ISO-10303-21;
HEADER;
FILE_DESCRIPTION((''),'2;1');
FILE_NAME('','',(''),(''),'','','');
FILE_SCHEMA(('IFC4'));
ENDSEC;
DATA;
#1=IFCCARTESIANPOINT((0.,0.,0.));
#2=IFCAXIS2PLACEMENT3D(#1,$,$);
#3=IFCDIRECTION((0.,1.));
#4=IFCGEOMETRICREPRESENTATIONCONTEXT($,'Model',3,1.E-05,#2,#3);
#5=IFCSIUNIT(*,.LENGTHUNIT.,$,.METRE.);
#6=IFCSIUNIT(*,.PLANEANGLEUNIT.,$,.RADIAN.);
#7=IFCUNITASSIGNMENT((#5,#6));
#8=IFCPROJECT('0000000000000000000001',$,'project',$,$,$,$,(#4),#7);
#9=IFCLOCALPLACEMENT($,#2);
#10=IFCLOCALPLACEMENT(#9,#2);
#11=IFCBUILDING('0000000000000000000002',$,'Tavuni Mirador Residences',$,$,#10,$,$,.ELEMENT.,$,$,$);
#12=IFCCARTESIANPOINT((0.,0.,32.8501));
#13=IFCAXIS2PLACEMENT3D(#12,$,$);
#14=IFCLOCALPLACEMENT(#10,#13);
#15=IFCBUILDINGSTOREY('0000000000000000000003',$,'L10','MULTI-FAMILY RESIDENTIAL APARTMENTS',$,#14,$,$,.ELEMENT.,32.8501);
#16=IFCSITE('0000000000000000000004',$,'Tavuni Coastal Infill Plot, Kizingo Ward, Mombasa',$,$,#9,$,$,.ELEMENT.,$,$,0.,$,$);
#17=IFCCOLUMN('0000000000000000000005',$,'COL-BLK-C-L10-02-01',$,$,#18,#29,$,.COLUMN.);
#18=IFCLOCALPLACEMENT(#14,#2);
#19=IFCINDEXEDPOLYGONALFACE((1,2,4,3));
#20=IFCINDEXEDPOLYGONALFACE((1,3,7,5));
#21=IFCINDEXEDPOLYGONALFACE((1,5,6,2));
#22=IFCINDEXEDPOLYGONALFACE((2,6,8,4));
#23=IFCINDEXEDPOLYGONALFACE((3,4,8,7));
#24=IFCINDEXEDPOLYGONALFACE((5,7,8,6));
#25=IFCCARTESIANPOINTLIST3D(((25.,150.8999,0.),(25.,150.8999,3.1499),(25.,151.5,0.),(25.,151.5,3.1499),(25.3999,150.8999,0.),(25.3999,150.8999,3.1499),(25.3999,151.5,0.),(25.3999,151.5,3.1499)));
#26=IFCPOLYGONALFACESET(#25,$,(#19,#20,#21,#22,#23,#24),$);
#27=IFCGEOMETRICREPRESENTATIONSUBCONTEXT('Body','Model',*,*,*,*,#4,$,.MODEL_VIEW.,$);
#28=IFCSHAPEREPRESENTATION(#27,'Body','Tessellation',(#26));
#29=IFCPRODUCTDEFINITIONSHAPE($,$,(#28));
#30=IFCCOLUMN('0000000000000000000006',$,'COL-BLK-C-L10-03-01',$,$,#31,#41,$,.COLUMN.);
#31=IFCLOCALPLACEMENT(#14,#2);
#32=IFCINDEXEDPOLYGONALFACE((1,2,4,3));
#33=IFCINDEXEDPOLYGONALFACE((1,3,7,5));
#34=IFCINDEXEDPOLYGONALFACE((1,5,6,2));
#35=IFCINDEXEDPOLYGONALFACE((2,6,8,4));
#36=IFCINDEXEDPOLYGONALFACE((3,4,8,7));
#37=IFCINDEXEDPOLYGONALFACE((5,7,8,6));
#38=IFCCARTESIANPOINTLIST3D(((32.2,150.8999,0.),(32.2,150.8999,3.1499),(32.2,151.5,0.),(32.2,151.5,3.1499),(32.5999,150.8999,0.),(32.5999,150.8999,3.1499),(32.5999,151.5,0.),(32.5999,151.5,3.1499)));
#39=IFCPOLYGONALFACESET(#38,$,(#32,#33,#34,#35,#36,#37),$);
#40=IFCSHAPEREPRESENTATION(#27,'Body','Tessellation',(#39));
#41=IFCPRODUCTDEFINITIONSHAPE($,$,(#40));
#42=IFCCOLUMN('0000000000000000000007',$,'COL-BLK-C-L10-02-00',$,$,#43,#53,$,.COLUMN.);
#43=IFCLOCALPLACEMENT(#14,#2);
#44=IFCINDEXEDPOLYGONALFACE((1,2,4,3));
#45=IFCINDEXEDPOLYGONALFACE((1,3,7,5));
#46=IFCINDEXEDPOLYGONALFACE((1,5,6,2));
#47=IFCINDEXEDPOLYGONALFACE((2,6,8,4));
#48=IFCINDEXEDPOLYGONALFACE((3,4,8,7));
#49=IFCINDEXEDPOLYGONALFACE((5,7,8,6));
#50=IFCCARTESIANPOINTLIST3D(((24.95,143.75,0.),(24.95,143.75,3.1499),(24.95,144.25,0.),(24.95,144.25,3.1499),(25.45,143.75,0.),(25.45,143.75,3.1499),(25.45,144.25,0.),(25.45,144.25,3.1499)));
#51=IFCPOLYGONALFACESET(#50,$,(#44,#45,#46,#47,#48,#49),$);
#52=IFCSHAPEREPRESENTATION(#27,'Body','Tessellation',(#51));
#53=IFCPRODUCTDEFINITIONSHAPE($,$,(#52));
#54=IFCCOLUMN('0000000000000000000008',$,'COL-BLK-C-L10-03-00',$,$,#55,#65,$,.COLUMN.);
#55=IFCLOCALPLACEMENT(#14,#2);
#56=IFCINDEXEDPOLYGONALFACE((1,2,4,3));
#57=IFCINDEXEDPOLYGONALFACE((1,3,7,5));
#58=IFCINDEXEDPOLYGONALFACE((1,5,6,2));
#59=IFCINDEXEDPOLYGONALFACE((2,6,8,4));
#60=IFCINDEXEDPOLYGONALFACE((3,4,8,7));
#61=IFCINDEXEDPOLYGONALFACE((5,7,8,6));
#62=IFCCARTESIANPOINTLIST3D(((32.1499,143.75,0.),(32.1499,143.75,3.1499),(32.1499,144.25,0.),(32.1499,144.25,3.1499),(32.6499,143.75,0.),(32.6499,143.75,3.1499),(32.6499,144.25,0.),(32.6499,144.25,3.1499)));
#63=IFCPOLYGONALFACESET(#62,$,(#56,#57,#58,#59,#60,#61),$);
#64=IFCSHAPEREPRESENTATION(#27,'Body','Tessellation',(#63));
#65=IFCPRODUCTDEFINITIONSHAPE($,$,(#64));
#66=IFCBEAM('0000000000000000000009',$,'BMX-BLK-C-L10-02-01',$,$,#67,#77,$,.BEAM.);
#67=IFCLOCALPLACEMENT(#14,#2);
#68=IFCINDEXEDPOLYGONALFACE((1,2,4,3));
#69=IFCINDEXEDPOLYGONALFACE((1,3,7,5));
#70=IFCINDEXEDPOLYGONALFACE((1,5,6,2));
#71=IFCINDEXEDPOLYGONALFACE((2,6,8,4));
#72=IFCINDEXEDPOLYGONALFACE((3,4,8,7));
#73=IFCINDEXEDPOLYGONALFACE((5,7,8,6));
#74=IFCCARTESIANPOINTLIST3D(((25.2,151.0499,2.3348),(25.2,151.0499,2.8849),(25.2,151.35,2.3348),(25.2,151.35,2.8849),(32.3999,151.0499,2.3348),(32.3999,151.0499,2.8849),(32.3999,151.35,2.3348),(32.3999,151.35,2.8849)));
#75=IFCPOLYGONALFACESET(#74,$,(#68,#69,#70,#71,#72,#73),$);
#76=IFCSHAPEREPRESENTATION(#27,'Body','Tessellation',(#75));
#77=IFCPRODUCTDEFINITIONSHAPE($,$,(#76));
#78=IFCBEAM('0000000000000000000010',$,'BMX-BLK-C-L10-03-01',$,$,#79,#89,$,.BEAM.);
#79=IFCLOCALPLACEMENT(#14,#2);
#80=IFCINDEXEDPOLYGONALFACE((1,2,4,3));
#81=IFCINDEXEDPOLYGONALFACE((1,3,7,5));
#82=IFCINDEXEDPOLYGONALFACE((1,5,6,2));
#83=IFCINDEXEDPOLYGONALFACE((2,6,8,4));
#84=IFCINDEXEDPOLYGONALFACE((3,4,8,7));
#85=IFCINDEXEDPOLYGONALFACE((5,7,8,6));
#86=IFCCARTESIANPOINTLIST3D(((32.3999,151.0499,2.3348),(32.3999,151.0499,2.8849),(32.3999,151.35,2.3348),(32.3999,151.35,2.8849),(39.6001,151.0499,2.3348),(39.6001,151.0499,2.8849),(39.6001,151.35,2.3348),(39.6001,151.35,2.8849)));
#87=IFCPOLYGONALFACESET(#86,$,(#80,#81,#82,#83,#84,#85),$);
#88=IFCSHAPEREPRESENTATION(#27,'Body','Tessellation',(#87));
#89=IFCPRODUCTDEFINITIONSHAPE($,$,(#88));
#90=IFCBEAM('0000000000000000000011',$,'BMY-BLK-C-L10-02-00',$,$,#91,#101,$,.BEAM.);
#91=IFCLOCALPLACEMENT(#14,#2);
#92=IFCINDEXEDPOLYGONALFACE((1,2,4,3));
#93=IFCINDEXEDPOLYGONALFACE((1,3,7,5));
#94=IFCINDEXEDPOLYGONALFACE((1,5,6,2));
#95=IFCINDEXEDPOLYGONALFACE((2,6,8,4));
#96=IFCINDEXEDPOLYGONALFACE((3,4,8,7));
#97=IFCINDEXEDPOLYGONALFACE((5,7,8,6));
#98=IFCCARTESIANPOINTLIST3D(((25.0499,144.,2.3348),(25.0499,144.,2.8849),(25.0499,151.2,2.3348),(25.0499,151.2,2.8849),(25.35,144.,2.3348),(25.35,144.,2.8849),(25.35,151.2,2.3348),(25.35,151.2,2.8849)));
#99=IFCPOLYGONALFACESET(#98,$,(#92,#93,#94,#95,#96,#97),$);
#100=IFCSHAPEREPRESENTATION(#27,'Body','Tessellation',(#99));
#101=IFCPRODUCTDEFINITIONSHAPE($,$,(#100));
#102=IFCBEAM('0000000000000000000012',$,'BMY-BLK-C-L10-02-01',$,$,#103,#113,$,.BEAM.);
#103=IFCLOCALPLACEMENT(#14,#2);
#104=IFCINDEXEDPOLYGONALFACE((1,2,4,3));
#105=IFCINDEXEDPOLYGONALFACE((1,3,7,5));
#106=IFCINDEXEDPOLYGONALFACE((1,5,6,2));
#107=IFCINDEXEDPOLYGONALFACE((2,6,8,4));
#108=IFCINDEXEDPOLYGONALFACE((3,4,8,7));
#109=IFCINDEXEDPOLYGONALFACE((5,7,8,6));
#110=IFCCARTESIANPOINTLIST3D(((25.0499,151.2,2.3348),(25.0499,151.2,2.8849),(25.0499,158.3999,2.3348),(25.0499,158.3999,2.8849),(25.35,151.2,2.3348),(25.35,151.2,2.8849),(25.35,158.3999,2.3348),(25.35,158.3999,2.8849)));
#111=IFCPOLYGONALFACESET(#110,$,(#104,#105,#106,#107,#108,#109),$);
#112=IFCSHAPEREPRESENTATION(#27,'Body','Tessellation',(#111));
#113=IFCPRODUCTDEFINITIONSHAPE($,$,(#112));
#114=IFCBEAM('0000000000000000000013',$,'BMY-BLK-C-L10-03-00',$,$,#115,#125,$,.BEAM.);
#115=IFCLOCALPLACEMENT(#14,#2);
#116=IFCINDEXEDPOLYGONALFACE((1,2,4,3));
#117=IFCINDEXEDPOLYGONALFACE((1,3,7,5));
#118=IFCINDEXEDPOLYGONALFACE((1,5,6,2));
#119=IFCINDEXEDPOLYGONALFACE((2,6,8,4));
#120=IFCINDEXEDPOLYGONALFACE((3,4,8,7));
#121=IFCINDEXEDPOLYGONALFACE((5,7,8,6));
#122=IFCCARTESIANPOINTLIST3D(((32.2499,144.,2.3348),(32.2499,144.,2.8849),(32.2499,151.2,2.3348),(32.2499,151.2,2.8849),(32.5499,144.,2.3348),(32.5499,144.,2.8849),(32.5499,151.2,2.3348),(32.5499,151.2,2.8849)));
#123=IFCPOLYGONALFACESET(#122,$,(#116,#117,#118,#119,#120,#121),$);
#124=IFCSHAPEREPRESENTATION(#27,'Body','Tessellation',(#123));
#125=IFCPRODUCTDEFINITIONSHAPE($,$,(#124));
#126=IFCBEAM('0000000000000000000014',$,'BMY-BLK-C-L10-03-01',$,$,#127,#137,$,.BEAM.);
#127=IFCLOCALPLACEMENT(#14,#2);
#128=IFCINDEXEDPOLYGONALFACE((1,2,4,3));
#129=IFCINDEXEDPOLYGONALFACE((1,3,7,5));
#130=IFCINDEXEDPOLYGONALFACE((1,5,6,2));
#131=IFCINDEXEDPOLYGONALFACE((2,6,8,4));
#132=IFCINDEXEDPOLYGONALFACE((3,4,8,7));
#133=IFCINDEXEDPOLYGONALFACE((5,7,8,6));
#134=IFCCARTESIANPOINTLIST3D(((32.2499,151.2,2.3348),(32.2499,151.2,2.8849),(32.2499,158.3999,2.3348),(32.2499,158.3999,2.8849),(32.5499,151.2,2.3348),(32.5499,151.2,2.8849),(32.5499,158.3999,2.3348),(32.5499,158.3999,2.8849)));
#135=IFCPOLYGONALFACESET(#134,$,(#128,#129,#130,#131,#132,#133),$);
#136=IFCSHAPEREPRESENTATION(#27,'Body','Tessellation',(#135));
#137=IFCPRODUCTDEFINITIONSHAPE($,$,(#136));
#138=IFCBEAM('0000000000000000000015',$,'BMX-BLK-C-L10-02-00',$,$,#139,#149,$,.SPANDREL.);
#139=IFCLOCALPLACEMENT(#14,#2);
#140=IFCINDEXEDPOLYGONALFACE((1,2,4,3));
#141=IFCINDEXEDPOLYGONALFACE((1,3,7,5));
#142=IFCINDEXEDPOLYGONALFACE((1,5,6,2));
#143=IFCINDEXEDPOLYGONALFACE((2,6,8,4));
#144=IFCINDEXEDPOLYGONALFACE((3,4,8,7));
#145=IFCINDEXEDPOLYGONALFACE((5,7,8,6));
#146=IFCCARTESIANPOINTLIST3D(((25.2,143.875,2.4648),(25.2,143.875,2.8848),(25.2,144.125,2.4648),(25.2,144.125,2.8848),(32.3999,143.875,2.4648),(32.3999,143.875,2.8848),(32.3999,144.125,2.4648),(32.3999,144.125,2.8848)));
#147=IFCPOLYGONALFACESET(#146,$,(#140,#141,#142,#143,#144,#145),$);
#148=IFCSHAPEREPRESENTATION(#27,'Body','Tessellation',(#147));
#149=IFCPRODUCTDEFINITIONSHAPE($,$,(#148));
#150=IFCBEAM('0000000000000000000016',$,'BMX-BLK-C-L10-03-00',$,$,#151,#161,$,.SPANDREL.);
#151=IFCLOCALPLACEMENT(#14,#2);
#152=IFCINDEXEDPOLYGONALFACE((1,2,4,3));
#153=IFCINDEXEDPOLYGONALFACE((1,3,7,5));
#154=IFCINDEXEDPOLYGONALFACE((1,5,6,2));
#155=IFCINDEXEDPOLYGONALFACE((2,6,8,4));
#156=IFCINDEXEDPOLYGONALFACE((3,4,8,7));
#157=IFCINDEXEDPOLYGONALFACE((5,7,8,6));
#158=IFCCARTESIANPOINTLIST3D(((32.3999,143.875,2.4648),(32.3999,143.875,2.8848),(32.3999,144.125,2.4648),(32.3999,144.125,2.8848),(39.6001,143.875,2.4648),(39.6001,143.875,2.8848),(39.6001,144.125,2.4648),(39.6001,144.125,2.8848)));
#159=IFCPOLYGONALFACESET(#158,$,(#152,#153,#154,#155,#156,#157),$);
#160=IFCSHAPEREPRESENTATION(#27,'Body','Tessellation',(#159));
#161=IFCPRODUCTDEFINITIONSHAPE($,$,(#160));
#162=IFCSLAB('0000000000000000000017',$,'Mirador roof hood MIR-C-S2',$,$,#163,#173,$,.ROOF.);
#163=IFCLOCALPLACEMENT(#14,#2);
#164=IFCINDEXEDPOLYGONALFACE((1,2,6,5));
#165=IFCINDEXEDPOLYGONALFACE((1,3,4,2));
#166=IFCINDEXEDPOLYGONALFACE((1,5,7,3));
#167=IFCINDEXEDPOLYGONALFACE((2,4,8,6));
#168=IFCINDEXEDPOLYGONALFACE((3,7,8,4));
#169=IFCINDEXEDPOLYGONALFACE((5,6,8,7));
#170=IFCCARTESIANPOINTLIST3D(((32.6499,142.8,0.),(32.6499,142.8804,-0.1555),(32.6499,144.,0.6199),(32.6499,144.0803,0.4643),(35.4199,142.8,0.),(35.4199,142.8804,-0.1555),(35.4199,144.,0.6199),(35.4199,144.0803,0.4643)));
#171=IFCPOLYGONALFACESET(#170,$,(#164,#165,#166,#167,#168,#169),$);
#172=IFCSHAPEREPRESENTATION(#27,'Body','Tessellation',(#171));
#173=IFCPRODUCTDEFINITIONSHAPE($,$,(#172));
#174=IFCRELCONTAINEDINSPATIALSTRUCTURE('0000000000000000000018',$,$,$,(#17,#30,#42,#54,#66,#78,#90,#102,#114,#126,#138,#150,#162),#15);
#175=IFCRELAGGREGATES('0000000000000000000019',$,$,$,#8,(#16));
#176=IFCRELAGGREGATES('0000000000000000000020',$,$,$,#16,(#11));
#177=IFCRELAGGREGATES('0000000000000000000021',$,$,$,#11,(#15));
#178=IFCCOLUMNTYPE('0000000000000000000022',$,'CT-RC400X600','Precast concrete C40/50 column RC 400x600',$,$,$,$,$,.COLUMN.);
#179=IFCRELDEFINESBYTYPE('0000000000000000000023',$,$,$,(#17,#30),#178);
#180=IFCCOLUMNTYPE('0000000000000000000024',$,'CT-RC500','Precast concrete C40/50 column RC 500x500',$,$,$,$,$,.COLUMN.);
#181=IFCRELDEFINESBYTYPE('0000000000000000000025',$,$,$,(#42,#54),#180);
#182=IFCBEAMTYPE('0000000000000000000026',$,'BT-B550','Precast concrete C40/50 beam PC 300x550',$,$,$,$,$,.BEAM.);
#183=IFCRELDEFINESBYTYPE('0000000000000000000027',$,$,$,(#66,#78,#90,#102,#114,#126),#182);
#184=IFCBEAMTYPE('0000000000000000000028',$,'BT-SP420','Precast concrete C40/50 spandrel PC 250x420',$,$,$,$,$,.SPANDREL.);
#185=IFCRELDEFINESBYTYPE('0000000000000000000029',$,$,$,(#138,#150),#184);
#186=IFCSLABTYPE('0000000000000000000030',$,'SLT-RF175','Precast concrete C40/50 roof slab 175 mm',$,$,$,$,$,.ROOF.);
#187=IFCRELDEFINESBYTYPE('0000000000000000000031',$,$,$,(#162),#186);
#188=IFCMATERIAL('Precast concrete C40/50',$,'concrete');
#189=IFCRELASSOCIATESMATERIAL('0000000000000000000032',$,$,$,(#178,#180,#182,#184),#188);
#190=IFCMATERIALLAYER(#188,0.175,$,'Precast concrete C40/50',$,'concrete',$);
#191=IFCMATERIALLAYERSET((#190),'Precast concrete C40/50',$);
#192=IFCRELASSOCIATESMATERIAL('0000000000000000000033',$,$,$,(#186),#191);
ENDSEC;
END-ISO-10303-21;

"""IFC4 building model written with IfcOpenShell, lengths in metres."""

from ifc_helpers import new_model, si_unit, direction, frame, origin, origin_2d, place, context, subcontext, project, spatial, polyline, rectangle, outline, extrude, material, layer, layer_set, material_profile, profile_set, type_object, element, save


model = new_model("IFC4")

# Units and contexts
model_context = context("Model", 3, precision=1e-05, world=origin(), true_north=direction((0.0, 1.0)))
body_context = subcontext(model_context, "Body", "Model", "MODEL_VIEW")
ifc_project = project(units=[si_unit("LENGTHUNIT", "METRE"), si_unit("PLANEANGLEUNIT", "RADIAN")], contexts=[model_context])

# Site, building, storey
site_placement = place(None, origin())
site = spatial("IfcSite", under=ifc_project, at=site_placement, Name="Tavuni Coastal Infill Plot, Kizingo Ward, Mombasa", CompositionType="ELEMENT", RefElevation=0.0)
building_placement = place(site_placement, origin())
building = spatial("IfcBuilding", under=site, at=building_placement, Name="Tavuni Mirador Residences", CompositionType="ELEMENT")
storey_placement = place(building_placement, frame((0.0, 0.0, 32.8501)))
storey = spatial("IfcBuildingStorey", under=building, at=storey_placement, Name="L10", Description="MULTI-FAMILY RESIDENTIAL APARTMENTS", CompositionType="ELEMENT", Elevation=32.8501)

# Columns
ifc_material_1 = material(Name="Precast concrete C40/50", Category="concrete")
ifc_material_profile_1 = material_profile(ifc_material_1, rectangle(XDim=0.3999, YDim=0.6001, at=origin_2d()), Name="RC 400x600", Category="concrete")
ifc_profile_set_1 = profile_set([ifc_material_profile_1], Name="Precast concrete C40/50")
column_type_1 = type_object("IfcColumnType", Name="CT-RC400X600", Description="Precast concrete C40/50 column RC 400x600", PredefinedType="COLUMN", material=ifc_profile_set_1)
for number, where, z_axis, x_axis, name in (
    (1, (25.2, 151.2, 0.0), (0.0, 0.0, 1.0), (1.0, 0.0, 0.0), "COL-BLK-C-L10-02-01"),
    (2, (32.3999, 151.2, 0.0), (0.0, 0.0, 1.0), (1.0, 0.0, 0.0), "COL-BLK-C-L10-03-01"),
):
    element("IfcColumn", number, at=place(storey_placement, frame(where, z_axis=z_axis, x_axis=x_axis)), inside=storey, type_object=column_type_1, Name=name, PredefinedType="COLUMN", context=body_context, shape_type="SweptSolid", body=[
        extrude(rectangle(XDim=0.3999, YDim=0.6001, at=origin_2d()), origin(), (0.0, 0.0, 1.0), 3.1499),
    ])
ifc_material_profile_2 = material_profile(ifc_material_1, rectangle(XDim=0.5, YDim=0.5, at=origin_2d()), Name="RC 500x500", Category="concrete")
ifc_profile_set_2 = profile_set([ifc_material_profile_2], Name="Precast concrete C40/50")
column_type_2 = type_object("IfcColumnType", Name="CT-RC500", Description="Precast concrete C40/50 column RC 500x500", PredefinedType="COLUMN", material=ifc_profile_set_2)
for number, where, z_axis, x_axis, name in (
    (3, (25.2, 144.0, 0.0), (0.0, 0.0, 1.0), (1.0, 0.0, 0.0), "COL-BLK-C-L10-02-00"),
    (4, (32.3999, 144.0, 0.0), (0.0, 0.0, 1.0), (1.0, 0.0, 0.0), "COL-BLK-C-L10-03-00"),
):
    element("IfcColumn", number, at=place(storey_placement, frame(where, z_axis=z_axis, x_axis=x_axis)), inside=storey, type_object=column_type_2, Name=name, PredefinedType="COLUMN", context=body_context, shape_type="SweptSolid", body=[
        extrude(rectangle(XDim=0.5, YDim=0.5, at=origin_2d()), origin(), (0.0, 0.0, 1.0), 3.1499),
    ])

# Beams
ifc_material_profile_3 = material_profile(ifc_material_1, rectangle(XDim=0.3, YDim=0.55, at=origin_2d()), Name="PC 300x550", Category="concrete")
ifc_profile_set_3 = profile_set([ifc_material_profile_3], Name="Precast concrete C40/50")
beam_type_1 = type_object("IfcBeamType", Name="BT-B550", Description="Precast concrete C40/50 beam PC 300x550", PredefinedType="BEAM", material=ifc_profile_set_3)
beam_1_placement = place(storey_placement, frame((25.2, 151.2, 2.6099), z_axis=(1.0, 0.0, 0.0), x_axis=(0.0, 1.0, 0.0)))
element("IfcBeam", 5, at=beam_1_placement, inside=storey, type_object=beam_type_1, Name="BMX-BLK-C-L10-02-01", PredefinedType="BEAM", context=body_context, shape_type="SweptSolid", body=[
    extrude(rectangle(XDim=0.3, YDim=0.55, at=origin_2d()), origin(), (0.0, 0.0, 1.0), 7.2),
])
beam_2_placement = place(storey_placement, frame((32.3999, 151.2, 2.6099), z_axis=(1.0, 0.0, 0.0), x_axis=(0.0, 1.0, 0.0)))
element("IfcBeam", 6, at=beam_2_placement, inside=storey, type_object=beam_type_1, Name="BMX-BLK-C-L10-03-01", PredefinedType="BEAM", context=body_context, shape_type="SweptSolid", body=[
    extrude(rectangle(XDim=0.3, YDim=0.55, at=origin_2d()), origin(), (0.0, 0.0, 1.0), 7.2002),
])
for number, where, z_axis, x_axis, name in (
    (7, (25.2, 144.0, 2.6099), (0.0, 1.0, 0.0), (-1.0, 0.0, 0.0), "BMY-BLK-C-L10-02-00"),
    (8, (25.2, 151.2, 2.6099), (0.0, 1.0, 0.0), (-1.0, 0.0, 0.0), "BMY-BLK-C-L10-02-01"),
    (9, (32.3999, 144.0, 2.6099), (0.0, 1.0, 0.0), (-1.0, 0.0, 0.0), "BMY-BLK-C-L10-03-00"),
    (10, (32.3999, 151.2, 2.6099), (0.0, 1.0, 0.0), (-1.0, 0.0, 0.0), "BMY-BLK-C-L10-03-01"),
):
    element("IfcBeam", number, at=place(storey_placement, frame(where, z_axis=z_axis, x_axis=x_axis)), inside=storey, type_object=beam_type_1, Name=name, PredefinedType="BEAM", context=body_context, shape_type="SweptSolid", body=[
        extrude(rectangle(XDim=0.3, YDim=0.55, at=origin_2d()), origin(), (0.0, 0.0, 1.0), 7.2),
    ])
ifc_material_profile_4 = material_profile(ifc_material_1, rectangle(XDim=0.25, YDim=0.4199, at=origin_2d()), Name="PC 250x420", Category="concrete")
ifc_profile_set_4 = profile_set([ifc_material_profile_4], Name="Precast concrete C40/50")
beam_type_2 = type_object("IfcBeamType", Name="BT-SP420", Description="Precast concrete C40/50 spandrel PC 250x420", PredefinedType="SPANDREL", material=ifc_profile_set_4)
beam_3_placement = place(storey_placement, frame((25.2, 144.0, 2.6748), z_axis=(1.0, 0.0, 0.0), x_axis=(0.0, 1.0, 0.0)))
element("IfcBeam", 11, at=beam_3_placement, inside=storey, type_object=beam_type_2, Name="BMX-BLK-C-L10-02-00", PredefinedType="SPANDREL", context=body_context, shape_type="SweptSolid", body=[
    extrude(rectangle(XDim=0.25, YDim=0.4199, at=origin_2d()), origin(), (0.0, 0.0, 1.0), 7.2),
])
beam_4_placement = place(storey_placement, frame((32.3999, 144.0, 2.6748), z_axis=(1.0, 0.0, 0.0), x_axis=(0.0, 1.0, 0.0)))
element("IfcBeam", 12, at=beam_4_placement, inside=storey, type_object=beam_type_2, Name="BMX-BLK-C-L10-03-00", PredefinedType="SPANDREL", context=body_context, shape_type="SweptSolid", body=[
    extrude(rectangle(XDim=0.25, YDim=0.4199, at=origin_2d()), origin(), (0.0, 0.0, 1.0), 7.2002),
])

# Slab
ifc_layer_1 = layer(ifc_material_1, 0.175, Name="Precast concrete C40/50", Category="concrete")
ifc_layer_set_1 = layer_set([ifc_layer_1], Name="Precast concrete C40/50")
slab_type = type_object("IfcSlabType", Name="SLT-RF175", Description="Precast concrete C40/50 roof slab 175 mm", PredefinedType="ROOF", material=ifc_layer_set_1)
slab_placement = place(storey_placement, frame((32.6499, 144.0, 0.6199), z_axis=(0.0, -0.458961, 0.888457), x_axis=(1.0, 0.0, 0.0)))
element("IfcSlab", 13, at=slab_placement, inside=storey, type_object=slab_type, Name="Mirador roof hood MIR-C-S2", PredefinedType="ROOF", context=body_context, shape_type="SweptSolid", body=[
    extrude(outline(polyline([(0.0, 0.0), (2.77, 0.0), (2.77, -1.3506), (0.0, -1.3506), (0.0, 0.0)])), origin(), (0.0, 0.0, -1.0), 0.175),
])

save(model, "model.ifc")
